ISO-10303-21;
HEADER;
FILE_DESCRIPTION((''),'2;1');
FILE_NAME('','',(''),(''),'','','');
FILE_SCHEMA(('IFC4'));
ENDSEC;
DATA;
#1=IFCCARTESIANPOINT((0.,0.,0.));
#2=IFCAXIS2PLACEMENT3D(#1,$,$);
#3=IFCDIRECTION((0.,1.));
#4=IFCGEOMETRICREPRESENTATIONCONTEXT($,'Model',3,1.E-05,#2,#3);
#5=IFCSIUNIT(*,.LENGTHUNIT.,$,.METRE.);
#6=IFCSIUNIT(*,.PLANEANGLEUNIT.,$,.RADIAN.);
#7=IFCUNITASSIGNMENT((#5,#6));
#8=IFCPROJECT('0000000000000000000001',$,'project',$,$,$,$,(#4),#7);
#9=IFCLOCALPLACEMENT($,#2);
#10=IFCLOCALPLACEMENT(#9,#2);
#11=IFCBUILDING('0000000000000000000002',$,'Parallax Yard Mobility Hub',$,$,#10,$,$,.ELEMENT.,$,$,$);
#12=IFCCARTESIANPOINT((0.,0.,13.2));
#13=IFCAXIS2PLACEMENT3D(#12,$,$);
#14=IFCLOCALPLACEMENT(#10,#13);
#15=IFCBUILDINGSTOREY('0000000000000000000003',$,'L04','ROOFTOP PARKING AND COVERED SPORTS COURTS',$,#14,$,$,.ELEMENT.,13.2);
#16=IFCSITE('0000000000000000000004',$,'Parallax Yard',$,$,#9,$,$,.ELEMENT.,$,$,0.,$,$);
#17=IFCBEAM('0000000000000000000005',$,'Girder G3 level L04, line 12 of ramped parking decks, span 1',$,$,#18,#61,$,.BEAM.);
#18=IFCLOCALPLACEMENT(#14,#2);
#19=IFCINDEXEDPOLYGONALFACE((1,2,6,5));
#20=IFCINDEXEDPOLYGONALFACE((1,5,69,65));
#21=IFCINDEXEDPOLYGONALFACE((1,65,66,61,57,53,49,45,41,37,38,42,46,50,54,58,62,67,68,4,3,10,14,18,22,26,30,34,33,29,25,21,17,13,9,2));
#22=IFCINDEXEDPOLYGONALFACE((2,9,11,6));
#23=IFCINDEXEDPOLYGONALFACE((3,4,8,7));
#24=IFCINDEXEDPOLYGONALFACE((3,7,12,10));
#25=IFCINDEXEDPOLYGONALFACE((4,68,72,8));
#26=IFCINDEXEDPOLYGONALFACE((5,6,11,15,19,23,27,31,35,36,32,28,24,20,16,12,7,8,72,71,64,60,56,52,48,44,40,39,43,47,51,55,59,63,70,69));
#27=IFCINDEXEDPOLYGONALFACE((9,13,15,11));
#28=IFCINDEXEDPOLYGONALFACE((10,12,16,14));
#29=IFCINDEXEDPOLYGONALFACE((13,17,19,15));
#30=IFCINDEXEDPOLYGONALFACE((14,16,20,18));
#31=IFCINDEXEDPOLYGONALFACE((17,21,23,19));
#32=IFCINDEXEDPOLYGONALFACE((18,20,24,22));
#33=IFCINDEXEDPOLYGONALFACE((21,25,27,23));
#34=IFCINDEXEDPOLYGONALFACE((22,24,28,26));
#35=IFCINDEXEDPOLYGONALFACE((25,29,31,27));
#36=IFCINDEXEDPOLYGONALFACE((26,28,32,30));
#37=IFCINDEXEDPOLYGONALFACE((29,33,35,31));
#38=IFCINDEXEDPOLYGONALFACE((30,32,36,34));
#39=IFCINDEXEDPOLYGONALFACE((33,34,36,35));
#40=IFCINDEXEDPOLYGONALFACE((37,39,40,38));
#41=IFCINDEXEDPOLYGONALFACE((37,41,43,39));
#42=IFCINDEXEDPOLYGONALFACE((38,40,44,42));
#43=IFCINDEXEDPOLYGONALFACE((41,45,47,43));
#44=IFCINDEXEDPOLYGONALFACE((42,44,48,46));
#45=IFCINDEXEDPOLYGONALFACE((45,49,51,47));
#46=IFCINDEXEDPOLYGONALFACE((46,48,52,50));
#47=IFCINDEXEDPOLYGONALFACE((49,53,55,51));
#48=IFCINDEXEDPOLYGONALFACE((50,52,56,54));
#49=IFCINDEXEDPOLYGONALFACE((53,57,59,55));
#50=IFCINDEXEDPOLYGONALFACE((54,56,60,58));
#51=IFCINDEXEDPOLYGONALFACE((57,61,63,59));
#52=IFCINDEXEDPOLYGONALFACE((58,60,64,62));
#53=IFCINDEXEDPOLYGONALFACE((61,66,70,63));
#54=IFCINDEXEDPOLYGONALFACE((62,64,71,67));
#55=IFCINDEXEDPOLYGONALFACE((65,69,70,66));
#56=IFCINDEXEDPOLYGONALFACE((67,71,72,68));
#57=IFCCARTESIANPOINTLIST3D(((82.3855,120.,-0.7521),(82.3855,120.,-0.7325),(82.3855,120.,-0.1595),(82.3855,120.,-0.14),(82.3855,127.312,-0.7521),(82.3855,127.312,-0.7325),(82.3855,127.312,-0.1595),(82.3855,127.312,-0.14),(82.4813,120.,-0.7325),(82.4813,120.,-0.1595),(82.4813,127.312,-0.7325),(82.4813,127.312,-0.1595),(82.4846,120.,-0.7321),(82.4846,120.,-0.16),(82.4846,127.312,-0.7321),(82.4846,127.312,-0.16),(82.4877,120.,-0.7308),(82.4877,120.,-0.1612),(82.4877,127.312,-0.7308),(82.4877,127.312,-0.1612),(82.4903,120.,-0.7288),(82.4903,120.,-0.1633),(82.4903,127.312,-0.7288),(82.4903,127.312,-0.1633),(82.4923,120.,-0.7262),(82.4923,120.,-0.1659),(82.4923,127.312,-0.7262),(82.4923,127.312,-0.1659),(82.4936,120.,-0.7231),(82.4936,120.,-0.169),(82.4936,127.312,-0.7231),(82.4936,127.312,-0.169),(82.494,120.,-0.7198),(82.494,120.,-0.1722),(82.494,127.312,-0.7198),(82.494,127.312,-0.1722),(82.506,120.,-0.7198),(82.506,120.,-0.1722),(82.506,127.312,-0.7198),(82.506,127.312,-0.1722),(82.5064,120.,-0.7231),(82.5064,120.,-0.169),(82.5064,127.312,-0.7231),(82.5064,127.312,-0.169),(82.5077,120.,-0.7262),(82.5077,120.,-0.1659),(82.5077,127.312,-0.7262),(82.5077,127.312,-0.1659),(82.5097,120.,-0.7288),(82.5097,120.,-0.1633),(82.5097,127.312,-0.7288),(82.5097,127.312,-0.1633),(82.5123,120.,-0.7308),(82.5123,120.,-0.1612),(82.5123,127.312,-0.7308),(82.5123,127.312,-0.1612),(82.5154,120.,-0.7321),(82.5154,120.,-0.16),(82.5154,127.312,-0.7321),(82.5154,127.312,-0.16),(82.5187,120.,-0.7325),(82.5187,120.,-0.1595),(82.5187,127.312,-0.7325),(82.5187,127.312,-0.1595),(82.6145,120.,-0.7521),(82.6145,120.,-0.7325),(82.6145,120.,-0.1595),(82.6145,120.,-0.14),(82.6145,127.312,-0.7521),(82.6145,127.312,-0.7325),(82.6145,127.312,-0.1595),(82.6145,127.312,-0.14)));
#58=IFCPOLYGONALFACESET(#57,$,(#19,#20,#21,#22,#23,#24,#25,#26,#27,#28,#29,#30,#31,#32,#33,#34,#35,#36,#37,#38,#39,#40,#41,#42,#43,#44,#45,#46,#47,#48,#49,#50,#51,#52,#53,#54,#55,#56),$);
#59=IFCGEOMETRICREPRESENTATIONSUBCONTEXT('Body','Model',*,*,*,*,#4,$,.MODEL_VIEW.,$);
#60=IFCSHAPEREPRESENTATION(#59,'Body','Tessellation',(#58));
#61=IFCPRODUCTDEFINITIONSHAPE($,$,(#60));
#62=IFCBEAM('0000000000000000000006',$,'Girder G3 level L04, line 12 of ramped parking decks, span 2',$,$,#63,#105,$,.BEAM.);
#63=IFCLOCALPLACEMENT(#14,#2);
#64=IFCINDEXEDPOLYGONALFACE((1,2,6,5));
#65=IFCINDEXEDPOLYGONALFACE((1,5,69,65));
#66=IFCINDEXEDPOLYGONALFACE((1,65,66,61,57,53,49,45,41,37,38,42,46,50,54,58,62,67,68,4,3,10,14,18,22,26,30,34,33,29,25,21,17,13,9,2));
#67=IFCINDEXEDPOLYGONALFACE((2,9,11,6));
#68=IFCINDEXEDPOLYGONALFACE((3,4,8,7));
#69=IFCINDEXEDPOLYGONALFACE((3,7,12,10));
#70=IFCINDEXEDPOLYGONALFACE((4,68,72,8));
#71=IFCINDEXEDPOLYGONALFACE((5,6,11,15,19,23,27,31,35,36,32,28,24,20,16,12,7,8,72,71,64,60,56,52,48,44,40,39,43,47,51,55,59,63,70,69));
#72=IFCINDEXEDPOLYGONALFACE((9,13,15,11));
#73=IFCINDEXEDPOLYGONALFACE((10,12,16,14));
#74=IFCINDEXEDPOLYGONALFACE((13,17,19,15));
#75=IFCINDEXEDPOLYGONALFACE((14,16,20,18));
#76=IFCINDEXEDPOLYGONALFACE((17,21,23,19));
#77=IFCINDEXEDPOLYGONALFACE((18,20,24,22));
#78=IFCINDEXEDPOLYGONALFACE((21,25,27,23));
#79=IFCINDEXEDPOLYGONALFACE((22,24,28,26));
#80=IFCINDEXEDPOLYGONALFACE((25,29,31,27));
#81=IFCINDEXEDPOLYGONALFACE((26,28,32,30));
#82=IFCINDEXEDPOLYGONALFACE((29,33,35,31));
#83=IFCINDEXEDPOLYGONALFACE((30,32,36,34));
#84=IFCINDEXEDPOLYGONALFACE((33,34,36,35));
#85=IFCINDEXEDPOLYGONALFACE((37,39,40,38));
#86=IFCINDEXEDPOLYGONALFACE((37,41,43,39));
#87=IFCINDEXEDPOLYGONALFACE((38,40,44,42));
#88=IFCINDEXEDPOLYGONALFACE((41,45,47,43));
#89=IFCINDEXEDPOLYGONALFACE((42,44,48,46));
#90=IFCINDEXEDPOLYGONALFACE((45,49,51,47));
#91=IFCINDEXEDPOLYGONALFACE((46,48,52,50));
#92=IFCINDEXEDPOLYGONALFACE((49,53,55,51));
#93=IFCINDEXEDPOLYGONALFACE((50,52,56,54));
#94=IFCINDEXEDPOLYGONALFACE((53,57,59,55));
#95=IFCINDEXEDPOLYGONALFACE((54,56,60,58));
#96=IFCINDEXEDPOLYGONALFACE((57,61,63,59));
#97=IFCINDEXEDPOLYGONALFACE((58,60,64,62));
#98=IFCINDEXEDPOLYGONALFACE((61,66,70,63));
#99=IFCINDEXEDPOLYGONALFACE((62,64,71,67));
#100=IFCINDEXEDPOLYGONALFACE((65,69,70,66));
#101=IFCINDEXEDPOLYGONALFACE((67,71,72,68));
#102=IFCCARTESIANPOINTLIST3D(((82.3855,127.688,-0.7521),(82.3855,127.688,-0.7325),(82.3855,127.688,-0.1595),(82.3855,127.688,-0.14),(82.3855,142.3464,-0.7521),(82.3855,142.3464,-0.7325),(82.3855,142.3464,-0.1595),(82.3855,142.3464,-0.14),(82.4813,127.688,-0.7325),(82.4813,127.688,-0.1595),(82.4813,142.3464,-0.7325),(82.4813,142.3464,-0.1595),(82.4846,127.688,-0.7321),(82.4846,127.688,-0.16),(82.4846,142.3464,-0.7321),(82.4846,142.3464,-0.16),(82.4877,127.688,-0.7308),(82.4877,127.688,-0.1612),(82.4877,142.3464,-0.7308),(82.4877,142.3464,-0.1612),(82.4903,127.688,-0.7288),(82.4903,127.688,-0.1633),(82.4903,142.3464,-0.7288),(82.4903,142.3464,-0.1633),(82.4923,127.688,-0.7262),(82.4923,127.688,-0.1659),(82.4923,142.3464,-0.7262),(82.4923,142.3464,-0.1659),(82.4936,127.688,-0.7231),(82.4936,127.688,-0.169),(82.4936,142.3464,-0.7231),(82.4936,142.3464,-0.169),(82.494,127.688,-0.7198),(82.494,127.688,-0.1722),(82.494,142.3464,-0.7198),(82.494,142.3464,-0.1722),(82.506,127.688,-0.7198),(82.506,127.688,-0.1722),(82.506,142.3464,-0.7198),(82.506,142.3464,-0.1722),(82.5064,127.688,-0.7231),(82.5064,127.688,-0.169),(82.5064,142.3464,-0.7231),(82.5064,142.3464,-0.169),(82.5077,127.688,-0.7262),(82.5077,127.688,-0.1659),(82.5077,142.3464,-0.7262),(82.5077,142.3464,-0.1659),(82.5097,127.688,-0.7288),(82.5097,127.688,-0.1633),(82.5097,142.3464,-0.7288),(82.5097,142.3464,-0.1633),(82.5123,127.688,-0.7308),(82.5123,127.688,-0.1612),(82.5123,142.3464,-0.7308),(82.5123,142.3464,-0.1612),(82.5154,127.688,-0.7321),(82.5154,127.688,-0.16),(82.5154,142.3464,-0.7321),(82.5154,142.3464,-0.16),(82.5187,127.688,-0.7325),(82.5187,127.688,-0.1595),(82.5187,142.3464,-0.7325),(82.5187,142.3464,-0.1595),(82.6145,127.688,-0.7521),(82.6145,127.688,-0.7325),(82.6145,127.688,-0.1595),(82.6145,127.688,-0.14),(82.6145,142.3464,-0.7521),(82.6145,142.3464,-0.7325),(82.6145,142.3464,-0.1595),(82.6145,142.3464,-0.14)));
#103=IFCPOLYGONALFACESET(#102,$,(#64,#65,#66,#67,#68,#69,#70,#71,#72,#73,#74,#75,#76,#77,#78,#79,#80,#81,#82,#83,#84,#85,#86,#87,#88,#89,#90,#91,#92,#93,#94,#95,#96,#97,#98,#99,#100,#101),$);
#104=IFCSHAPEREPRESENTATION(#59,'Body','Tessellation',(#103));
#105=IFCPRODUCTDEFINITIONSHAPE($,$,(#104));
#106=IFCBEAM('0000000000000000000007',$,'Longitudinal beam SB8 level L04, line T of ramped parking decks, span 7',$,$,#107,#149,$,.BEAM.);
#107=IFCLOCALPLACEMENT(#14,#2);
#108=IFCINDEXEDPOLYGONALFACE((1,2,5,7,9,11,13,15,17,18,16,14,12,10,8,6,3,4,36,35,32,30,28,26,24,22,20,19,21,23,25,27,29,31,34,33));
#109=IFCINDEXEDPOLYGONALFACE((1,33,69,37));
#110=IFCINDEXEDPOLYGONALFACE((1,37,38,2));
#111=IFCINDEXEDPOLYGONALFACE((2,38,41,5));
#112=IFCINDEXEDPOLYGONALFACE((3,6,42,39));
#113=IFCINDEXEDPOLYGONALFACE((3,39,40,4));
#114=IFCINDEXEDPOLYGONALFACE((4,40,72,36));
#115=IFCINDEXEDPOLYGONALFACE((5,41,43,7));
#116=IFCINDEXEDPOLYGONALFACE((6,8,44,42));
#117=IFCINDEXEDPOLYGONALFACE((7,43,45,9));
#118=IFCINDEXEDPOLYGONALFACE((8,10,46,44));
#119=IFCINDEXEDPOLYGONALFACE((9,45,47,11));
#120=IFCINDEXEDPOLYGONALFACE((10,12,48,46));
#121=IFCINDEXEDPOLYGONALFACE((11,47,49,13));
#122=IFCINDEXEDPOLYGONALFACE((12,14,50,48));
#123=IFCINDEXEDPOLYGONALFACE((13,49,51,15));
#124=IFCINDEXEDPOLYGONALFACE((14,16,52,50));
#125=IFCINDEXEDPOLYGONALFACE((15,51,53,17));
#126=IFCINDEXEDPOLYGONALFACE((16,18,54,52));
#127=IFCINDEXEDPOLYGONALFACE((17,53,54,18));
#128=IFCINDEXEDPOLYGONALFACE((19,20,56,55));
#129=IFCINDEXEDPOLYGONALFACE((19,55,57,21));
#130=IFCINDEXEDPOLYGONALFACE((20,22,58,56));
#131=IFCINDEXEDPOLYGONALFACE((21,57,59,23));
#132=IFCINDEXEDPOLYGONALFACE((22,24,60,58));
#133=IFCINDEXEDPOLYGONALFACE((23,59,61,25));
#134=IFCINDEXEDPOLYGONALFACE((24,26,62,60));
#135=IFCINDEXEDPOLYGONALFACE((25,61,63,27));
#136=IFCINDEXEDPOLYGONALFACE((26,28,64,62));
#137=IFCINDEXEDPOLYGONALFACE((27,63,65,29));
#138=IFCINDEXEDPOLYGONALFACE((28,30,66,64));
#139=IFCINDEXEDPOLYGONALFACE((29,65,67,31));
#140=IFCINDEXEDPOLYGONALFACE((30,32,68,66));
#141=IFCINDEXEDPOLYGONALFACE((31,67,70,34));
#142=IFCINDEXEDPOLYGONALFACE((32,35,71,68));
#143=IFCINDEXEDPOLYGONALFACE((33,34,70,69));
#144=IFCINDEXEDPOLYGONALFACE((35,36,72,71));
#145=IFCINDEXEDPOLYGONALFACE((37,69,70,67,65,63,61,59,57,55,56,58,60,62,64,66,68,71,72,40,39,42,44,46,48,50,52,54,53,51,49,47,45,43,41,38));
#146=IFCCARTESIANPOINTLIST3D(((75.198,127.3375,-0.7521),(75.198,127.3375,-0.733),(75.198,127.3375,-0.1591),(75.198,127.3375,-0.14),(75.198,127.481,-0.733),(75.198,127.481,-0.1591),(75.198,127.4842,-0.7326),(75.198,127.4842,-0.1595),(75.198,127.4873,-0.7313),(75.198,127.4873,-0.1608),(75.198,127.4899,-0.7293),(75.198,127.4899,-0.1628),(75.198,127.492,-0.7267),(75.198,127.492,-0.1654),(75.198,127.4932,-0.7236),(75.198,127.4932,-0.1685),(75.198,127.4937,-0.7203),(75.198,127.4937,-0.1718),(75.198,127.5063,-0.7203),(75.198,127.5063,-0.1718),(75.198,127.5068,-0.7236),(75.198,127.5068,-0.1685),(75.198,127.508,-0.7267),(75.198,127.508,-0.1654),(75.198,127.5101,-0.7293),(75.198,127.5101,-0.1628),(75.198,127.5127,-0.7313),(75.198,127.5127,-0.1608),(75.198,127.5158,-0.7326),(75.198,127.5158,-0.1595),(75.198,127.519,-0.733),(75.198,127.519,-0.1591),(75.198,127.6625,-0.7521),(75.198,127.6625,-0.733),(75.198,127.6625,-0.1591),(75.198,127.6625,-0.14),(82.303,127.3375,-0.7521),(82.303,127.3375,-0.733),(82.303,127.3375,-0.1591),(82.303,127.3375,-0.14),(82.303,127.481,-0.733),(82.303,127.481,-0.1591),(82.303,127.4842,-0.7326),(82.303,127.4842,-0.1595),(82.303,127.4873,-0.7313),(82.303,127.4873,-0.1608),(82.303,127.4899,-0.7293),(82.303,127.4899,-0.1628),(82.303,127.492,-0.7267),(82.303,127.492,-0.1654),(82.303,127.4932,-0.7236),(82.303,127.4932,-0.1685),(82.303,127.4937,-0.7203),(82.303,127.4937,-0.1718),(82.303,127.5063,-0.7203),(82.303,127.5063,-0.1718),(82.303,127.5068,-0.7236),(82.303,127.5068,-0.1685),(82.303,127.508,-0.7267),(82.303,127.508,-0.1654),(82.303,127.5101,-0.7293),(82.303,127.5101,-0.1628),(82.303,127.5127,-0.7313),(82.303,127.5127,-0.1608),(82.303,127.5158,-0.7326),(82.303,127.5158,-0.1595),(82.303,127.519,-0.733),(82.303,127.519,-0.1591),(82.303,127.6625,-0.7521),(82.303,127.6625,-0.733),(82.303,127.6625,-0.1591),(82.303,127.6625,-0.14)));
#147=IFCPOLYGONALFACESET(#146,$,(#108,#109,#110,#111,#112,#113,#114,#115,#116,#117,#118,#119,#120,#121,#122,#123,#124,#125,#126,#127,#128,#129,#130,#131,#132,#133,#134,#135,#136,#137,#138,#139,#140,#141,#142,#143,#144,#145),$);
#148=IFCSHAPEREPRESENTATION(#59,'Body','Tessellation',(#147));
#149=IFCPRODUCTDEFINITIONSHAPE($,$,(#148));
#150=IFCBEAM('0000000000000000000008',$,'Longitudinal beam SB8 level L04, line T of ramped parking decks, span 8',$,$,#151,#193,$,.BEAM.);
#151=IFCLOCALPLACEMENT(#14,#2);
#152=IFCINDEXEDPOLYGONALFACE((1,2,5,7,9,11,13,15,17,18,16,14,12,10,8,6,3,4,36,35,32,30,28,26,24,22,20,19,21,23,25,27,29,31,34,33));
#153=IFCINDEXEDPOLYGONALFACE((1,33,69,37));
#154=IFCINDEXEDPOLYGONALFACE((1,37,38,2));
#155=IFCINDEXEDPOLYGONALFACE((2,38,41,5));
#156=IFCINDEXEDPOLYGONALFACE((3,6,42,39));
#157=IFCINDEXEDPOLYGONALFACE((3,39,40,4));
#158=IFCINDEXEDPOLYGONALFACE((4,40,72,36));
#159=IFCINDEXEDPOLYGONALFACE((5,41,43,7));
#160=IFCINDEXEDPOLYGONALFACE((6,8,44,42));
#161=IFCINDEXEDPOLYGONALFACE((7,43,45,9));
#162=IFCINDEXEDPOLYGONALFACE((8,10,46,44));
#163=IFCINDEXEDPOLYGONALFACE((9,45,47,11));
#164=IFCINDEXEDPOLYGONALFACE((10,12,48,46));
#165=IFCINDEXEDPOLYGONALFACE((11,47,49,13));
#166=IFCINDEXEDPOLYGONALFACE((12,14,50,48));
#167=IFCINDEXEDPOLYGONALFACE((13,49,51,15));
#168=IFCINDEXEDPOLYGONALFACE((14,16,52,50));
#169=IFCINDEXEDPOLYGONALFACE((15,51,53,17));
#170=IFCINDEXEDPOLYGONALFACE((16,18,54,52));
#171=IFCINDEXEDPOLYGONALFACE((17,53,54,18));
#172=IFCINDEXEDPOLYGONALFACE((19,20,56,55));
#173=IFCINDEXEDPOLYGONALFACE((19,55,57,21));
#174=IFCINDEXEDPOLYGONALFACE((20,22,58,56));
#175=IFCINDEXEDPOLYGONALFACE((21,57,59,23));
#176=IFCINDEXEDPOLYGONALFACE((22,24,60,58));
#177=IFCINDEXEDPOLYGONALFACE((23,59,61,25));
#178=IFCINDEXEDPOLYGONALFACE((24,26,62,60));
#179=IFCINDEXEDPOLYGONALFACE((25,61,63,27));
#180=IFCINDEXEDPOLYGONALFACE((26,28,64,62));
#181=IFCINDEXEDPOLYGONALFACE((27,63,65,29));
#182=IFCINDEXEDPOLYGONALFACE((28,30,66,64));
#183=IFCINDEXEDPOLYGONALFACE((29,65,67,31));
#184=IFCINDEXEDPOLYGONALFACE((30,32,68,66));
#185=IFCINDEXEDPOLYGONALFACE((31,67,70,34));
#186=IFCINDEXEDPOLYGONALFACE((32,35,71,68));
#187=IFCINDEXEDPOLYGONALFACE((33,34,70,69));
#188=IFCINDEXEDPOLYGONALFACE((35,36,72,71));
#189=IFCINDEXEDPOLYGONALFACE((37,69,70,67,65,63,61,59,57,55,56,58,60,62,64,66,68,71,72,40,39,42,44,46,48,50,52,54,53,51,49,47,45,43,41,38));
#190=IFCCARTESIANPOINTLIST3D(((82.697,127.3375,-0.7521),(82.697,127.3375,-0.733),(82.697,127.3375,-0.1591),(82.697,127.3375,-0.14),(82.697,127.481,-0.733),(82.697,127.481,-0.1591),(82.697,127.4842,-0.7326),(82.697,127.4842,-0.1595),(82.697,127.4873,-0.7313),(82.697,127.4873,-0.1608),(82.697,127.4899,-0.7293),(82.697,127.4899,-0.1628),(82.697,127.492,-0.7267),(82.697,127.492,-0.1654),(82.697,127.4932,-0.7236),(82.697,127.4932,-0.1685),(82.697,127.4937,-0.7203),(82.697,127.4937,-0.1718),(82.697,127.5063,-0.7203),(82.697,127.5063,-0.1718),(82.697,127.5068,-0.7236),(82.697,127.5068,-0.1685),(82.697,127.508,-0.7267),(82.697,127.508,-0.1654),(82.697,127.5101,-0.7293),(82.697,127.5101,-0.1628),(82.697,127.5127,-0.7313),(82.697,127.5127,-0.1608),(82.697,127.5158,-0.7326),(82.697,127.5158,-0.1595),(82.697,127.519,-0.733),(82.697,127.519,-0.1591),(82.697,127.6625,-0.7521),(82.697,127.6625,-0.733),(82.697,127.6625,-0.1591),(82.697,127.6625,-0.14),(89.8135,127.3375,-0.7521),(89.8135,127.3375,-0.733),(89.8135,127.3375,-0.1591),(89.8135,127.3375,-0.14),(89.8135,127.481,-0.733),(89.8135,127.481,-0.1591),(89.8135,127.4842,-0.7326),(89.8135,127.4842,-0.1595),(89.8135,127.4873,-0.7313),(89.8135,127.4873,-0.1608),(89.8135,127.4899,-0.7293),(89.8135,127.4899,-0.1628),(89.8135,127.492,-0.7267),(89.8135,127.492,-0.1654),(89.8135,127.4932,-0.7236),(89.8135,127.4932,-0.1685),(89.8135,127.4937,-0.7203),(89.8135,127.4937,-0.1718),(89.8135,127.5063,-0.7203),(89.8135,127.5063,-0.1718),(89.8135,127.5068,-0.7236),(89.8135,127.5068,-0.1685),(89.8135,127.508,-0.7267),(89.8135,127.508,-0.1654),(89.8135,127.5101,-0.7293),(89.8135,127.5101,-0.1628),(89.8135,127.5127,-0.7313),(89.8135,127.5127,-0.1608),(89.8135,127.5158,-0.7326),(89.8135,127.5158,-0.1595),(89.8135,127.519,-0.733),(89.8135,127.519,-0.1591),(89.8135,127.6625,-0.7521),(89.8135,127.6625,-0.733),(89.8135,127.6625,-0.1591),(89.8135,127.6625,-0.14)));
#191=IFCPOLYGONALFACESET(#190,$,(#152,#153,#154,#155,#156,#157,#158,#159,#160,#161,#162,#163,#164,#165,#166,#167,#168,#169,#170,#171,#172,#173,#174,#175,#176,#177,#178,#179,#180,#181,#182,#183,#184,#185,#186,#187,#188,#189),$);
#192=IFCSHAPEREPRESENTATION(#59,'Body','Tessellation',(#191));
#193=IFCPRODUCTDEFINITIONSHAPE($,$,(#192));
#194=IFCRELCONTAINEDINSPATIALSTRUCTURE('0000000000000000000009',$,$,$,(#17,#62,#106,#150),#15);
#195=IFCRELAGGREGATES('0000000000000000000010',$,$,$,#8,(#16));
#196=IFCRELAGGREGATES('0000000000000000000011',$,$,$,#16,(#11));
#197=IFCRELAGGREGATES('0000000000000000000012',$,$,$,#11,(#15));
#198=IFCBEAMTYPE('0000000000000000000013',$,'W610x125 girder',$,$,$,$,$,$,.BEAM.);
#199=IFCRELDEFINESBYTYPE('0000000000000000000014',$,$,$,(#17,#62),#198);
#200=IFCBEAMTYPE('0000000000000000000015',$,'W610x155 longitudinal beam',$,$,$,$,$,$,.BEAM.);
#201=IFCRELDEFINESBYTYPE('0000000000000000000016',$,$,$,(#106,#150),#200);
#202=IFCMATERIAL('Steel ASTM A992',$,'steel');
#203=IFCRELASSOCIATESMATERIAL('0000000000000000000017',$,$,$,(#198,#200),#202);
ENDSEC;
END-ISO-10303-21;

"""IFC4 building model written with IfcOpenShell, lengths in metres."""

from ifc_helpers import new_model, si_unit, direction, frame, origin, origin_2d, place, context, subcontext, project, spatial, i_section, extrude, material, material_profile, profile_set, type_object, element, save


model = new_model("IFC4")

# Units and contexts
model_context = context("Model", 3, precision=1e-05, world=origin(), true_north=direction((0.0, 1.0)))
body_context = subcontext(model_context, "Body", "Model", "MODEL_VIEW")
ifc_project = project(units=[si_unit("LENGTHUNIT", "METRE"), si_unit("PLANEANGLEUNIT", "RADIAN")], contexts=[model_context])

# Site, building, storey
site_placement = place(None, origin())
site = spatial("IfcSite", under=ifc_project, at=site_placement, Name="Parallax Yard", CompositionType="ELEMENT", RefElevation=0.0)
building_placement = place(site_placement, origin())
building = spatial("IfcBuilding", under=site, at=building_placement, Name="Parallax Yard Mobility Hub", CompositionType="ELEMENT")
storey_placement = place(building_placement, frame((0.0, 0.0, 13.2)))
storey = spatial("IfcBuildingStorey", under=building, at=storey_placement, Name="L04", Description="ROOFTOP PARKING AND COVERED SPORTS COURTS", CompositionType="ELEMENT", Elevation=13.2)

# Beams
ifc_material_1 = material(Name="Steel ASTM A992", Category="steel")
ifc_material_profile_1 = material_profile(ifc_material_1, i_section(OverallWidth=0.229, OverallDepth=0.6121, WebThickness=0.012, FlangeThickness=0.0195, FilletRadius=0.0127, at=origin_2d()), Name="W610x125")
ifc_profile_set_1 = profile_set([ifc_material_profile_1], Name="Steel ASTM A992")
beam_type_1 = type_object("IfcBeamType", Name="W610x125 girder", PredefinedType="BEAM", material=ifc_profile_set_1)
beam_1_placement = place(storey_placement, frame((82.5, 120.0, -0.446), z_axis=(0.0, 1.0, 0.0), x_axis=(-1.0, 0.0, 0.0)))
element("IfcBeam", 1, at=beam_1_placement, inside=storey, type_object=beam_type_1, Name="Girder G3 level L04, line 12 of ramped parking decks, span 1", PredefinedType="BEAM", context=body_context, shape_type="SweptSolid", body=[
    extrude(i_section(OverallWidth=0.229, OverallDepth=0.6121, WebThickness=0.012, FlangeThickness=0.0195, FilletRadius=0.0127, at=origin_2d()), origin(), (0.0, 0.0, 1.0), 7.312),
])
beam_2_placement = place(storey_placement, frame((82.5, 127.688, -0.446), z_axis=(0.0, 1.0, 0.0), x_axis=(-1.0, 0.0, 0.0)))
element("IfcBeam", 2, at=beam_2_placement, inside=storey, type_object=beam_type_1, Name="Girder G3 level L04, line 12 of ramped parking decks, span 2", PredefinedType="BEAM", context=body_context, shape_type="SweptSolid", body=[
    extrude(i_section(OverallWidth=0.229, OverallDepth=0.6121, WebThickness=0.012, FlangeThickness=0.0195, FilletRadius=0.0127, at=origin_2d()), origin(), (0.0, 0.0, 1.0), 14.6584),
])
ifc_material_profile_2 = material_profile(ifc_material_1, i_section(OverallWidth=0.325, OverallDepth=0.6121, WebThickness=0.0127, FlangeThickness=0.019, FilletRadius=0.0127, at=origin_2d()), Name="W610x155")
ifc_profile_set_2 = profile_set([ifc_material_profile_2], Name="Steel ASTM A992")
beam_type_2 = type_object("IfcBeamType", Name="W610x155 longitudinal beam", PredefinedType="BEAM", material=ifc_profile_set_2)
beam_3_placement = place(storey_placement, frame((75.198, 127.5, -0.446), z_axis=(1.0, 0.0, 0.0), x_axis=(0.0, 1.0, 0.0)))
element("IfcBeam", 3, at=beam_3_placement, inside=storey, type_object=beam_type_2, Name="Longitudinal beam SB8 level L04, line T of ramped parking decks, span 7", PredefinedType="BEAM", context=body_context, shape_type="SweptSolid", body=[
    extrude(i_section(OverallWidth=0.325, OverallDepth=0.6121, WebThickness=0.0127, FlangeThickness=0.019, FilletRadius=0.0127, at=origin_2d()), origin(), (0.0, 0.0, 1.0), 7.105),
])
beam_4_placement = place(storey_placement, frame((82.697, 127.5, -0.446), z_axis=(1.0, 0.0, 0.0), x_axis=(0.0, 1.0, 0.0)))
element("IfcBeam", 4, at=beam_4_placement, inside=storey, type_object=beam_type_2, Name="Longitudinal beam SB8 level L04, line T of ramped parking decks, span 8", PredefinedType="BEAM", context=body_context, shape_type="SweptSolid", body=[
    extrude(i_section(OverallWidth=0.325, OverallDepth=0.6121, WebThickness=0.0127, FlangeThickness=0.019, FilletRadius=0.0127, at=origin_2d()), origin(), (0.0, 0.0, 1.0), 7.1165),
])

save(model, "model.ifc")
